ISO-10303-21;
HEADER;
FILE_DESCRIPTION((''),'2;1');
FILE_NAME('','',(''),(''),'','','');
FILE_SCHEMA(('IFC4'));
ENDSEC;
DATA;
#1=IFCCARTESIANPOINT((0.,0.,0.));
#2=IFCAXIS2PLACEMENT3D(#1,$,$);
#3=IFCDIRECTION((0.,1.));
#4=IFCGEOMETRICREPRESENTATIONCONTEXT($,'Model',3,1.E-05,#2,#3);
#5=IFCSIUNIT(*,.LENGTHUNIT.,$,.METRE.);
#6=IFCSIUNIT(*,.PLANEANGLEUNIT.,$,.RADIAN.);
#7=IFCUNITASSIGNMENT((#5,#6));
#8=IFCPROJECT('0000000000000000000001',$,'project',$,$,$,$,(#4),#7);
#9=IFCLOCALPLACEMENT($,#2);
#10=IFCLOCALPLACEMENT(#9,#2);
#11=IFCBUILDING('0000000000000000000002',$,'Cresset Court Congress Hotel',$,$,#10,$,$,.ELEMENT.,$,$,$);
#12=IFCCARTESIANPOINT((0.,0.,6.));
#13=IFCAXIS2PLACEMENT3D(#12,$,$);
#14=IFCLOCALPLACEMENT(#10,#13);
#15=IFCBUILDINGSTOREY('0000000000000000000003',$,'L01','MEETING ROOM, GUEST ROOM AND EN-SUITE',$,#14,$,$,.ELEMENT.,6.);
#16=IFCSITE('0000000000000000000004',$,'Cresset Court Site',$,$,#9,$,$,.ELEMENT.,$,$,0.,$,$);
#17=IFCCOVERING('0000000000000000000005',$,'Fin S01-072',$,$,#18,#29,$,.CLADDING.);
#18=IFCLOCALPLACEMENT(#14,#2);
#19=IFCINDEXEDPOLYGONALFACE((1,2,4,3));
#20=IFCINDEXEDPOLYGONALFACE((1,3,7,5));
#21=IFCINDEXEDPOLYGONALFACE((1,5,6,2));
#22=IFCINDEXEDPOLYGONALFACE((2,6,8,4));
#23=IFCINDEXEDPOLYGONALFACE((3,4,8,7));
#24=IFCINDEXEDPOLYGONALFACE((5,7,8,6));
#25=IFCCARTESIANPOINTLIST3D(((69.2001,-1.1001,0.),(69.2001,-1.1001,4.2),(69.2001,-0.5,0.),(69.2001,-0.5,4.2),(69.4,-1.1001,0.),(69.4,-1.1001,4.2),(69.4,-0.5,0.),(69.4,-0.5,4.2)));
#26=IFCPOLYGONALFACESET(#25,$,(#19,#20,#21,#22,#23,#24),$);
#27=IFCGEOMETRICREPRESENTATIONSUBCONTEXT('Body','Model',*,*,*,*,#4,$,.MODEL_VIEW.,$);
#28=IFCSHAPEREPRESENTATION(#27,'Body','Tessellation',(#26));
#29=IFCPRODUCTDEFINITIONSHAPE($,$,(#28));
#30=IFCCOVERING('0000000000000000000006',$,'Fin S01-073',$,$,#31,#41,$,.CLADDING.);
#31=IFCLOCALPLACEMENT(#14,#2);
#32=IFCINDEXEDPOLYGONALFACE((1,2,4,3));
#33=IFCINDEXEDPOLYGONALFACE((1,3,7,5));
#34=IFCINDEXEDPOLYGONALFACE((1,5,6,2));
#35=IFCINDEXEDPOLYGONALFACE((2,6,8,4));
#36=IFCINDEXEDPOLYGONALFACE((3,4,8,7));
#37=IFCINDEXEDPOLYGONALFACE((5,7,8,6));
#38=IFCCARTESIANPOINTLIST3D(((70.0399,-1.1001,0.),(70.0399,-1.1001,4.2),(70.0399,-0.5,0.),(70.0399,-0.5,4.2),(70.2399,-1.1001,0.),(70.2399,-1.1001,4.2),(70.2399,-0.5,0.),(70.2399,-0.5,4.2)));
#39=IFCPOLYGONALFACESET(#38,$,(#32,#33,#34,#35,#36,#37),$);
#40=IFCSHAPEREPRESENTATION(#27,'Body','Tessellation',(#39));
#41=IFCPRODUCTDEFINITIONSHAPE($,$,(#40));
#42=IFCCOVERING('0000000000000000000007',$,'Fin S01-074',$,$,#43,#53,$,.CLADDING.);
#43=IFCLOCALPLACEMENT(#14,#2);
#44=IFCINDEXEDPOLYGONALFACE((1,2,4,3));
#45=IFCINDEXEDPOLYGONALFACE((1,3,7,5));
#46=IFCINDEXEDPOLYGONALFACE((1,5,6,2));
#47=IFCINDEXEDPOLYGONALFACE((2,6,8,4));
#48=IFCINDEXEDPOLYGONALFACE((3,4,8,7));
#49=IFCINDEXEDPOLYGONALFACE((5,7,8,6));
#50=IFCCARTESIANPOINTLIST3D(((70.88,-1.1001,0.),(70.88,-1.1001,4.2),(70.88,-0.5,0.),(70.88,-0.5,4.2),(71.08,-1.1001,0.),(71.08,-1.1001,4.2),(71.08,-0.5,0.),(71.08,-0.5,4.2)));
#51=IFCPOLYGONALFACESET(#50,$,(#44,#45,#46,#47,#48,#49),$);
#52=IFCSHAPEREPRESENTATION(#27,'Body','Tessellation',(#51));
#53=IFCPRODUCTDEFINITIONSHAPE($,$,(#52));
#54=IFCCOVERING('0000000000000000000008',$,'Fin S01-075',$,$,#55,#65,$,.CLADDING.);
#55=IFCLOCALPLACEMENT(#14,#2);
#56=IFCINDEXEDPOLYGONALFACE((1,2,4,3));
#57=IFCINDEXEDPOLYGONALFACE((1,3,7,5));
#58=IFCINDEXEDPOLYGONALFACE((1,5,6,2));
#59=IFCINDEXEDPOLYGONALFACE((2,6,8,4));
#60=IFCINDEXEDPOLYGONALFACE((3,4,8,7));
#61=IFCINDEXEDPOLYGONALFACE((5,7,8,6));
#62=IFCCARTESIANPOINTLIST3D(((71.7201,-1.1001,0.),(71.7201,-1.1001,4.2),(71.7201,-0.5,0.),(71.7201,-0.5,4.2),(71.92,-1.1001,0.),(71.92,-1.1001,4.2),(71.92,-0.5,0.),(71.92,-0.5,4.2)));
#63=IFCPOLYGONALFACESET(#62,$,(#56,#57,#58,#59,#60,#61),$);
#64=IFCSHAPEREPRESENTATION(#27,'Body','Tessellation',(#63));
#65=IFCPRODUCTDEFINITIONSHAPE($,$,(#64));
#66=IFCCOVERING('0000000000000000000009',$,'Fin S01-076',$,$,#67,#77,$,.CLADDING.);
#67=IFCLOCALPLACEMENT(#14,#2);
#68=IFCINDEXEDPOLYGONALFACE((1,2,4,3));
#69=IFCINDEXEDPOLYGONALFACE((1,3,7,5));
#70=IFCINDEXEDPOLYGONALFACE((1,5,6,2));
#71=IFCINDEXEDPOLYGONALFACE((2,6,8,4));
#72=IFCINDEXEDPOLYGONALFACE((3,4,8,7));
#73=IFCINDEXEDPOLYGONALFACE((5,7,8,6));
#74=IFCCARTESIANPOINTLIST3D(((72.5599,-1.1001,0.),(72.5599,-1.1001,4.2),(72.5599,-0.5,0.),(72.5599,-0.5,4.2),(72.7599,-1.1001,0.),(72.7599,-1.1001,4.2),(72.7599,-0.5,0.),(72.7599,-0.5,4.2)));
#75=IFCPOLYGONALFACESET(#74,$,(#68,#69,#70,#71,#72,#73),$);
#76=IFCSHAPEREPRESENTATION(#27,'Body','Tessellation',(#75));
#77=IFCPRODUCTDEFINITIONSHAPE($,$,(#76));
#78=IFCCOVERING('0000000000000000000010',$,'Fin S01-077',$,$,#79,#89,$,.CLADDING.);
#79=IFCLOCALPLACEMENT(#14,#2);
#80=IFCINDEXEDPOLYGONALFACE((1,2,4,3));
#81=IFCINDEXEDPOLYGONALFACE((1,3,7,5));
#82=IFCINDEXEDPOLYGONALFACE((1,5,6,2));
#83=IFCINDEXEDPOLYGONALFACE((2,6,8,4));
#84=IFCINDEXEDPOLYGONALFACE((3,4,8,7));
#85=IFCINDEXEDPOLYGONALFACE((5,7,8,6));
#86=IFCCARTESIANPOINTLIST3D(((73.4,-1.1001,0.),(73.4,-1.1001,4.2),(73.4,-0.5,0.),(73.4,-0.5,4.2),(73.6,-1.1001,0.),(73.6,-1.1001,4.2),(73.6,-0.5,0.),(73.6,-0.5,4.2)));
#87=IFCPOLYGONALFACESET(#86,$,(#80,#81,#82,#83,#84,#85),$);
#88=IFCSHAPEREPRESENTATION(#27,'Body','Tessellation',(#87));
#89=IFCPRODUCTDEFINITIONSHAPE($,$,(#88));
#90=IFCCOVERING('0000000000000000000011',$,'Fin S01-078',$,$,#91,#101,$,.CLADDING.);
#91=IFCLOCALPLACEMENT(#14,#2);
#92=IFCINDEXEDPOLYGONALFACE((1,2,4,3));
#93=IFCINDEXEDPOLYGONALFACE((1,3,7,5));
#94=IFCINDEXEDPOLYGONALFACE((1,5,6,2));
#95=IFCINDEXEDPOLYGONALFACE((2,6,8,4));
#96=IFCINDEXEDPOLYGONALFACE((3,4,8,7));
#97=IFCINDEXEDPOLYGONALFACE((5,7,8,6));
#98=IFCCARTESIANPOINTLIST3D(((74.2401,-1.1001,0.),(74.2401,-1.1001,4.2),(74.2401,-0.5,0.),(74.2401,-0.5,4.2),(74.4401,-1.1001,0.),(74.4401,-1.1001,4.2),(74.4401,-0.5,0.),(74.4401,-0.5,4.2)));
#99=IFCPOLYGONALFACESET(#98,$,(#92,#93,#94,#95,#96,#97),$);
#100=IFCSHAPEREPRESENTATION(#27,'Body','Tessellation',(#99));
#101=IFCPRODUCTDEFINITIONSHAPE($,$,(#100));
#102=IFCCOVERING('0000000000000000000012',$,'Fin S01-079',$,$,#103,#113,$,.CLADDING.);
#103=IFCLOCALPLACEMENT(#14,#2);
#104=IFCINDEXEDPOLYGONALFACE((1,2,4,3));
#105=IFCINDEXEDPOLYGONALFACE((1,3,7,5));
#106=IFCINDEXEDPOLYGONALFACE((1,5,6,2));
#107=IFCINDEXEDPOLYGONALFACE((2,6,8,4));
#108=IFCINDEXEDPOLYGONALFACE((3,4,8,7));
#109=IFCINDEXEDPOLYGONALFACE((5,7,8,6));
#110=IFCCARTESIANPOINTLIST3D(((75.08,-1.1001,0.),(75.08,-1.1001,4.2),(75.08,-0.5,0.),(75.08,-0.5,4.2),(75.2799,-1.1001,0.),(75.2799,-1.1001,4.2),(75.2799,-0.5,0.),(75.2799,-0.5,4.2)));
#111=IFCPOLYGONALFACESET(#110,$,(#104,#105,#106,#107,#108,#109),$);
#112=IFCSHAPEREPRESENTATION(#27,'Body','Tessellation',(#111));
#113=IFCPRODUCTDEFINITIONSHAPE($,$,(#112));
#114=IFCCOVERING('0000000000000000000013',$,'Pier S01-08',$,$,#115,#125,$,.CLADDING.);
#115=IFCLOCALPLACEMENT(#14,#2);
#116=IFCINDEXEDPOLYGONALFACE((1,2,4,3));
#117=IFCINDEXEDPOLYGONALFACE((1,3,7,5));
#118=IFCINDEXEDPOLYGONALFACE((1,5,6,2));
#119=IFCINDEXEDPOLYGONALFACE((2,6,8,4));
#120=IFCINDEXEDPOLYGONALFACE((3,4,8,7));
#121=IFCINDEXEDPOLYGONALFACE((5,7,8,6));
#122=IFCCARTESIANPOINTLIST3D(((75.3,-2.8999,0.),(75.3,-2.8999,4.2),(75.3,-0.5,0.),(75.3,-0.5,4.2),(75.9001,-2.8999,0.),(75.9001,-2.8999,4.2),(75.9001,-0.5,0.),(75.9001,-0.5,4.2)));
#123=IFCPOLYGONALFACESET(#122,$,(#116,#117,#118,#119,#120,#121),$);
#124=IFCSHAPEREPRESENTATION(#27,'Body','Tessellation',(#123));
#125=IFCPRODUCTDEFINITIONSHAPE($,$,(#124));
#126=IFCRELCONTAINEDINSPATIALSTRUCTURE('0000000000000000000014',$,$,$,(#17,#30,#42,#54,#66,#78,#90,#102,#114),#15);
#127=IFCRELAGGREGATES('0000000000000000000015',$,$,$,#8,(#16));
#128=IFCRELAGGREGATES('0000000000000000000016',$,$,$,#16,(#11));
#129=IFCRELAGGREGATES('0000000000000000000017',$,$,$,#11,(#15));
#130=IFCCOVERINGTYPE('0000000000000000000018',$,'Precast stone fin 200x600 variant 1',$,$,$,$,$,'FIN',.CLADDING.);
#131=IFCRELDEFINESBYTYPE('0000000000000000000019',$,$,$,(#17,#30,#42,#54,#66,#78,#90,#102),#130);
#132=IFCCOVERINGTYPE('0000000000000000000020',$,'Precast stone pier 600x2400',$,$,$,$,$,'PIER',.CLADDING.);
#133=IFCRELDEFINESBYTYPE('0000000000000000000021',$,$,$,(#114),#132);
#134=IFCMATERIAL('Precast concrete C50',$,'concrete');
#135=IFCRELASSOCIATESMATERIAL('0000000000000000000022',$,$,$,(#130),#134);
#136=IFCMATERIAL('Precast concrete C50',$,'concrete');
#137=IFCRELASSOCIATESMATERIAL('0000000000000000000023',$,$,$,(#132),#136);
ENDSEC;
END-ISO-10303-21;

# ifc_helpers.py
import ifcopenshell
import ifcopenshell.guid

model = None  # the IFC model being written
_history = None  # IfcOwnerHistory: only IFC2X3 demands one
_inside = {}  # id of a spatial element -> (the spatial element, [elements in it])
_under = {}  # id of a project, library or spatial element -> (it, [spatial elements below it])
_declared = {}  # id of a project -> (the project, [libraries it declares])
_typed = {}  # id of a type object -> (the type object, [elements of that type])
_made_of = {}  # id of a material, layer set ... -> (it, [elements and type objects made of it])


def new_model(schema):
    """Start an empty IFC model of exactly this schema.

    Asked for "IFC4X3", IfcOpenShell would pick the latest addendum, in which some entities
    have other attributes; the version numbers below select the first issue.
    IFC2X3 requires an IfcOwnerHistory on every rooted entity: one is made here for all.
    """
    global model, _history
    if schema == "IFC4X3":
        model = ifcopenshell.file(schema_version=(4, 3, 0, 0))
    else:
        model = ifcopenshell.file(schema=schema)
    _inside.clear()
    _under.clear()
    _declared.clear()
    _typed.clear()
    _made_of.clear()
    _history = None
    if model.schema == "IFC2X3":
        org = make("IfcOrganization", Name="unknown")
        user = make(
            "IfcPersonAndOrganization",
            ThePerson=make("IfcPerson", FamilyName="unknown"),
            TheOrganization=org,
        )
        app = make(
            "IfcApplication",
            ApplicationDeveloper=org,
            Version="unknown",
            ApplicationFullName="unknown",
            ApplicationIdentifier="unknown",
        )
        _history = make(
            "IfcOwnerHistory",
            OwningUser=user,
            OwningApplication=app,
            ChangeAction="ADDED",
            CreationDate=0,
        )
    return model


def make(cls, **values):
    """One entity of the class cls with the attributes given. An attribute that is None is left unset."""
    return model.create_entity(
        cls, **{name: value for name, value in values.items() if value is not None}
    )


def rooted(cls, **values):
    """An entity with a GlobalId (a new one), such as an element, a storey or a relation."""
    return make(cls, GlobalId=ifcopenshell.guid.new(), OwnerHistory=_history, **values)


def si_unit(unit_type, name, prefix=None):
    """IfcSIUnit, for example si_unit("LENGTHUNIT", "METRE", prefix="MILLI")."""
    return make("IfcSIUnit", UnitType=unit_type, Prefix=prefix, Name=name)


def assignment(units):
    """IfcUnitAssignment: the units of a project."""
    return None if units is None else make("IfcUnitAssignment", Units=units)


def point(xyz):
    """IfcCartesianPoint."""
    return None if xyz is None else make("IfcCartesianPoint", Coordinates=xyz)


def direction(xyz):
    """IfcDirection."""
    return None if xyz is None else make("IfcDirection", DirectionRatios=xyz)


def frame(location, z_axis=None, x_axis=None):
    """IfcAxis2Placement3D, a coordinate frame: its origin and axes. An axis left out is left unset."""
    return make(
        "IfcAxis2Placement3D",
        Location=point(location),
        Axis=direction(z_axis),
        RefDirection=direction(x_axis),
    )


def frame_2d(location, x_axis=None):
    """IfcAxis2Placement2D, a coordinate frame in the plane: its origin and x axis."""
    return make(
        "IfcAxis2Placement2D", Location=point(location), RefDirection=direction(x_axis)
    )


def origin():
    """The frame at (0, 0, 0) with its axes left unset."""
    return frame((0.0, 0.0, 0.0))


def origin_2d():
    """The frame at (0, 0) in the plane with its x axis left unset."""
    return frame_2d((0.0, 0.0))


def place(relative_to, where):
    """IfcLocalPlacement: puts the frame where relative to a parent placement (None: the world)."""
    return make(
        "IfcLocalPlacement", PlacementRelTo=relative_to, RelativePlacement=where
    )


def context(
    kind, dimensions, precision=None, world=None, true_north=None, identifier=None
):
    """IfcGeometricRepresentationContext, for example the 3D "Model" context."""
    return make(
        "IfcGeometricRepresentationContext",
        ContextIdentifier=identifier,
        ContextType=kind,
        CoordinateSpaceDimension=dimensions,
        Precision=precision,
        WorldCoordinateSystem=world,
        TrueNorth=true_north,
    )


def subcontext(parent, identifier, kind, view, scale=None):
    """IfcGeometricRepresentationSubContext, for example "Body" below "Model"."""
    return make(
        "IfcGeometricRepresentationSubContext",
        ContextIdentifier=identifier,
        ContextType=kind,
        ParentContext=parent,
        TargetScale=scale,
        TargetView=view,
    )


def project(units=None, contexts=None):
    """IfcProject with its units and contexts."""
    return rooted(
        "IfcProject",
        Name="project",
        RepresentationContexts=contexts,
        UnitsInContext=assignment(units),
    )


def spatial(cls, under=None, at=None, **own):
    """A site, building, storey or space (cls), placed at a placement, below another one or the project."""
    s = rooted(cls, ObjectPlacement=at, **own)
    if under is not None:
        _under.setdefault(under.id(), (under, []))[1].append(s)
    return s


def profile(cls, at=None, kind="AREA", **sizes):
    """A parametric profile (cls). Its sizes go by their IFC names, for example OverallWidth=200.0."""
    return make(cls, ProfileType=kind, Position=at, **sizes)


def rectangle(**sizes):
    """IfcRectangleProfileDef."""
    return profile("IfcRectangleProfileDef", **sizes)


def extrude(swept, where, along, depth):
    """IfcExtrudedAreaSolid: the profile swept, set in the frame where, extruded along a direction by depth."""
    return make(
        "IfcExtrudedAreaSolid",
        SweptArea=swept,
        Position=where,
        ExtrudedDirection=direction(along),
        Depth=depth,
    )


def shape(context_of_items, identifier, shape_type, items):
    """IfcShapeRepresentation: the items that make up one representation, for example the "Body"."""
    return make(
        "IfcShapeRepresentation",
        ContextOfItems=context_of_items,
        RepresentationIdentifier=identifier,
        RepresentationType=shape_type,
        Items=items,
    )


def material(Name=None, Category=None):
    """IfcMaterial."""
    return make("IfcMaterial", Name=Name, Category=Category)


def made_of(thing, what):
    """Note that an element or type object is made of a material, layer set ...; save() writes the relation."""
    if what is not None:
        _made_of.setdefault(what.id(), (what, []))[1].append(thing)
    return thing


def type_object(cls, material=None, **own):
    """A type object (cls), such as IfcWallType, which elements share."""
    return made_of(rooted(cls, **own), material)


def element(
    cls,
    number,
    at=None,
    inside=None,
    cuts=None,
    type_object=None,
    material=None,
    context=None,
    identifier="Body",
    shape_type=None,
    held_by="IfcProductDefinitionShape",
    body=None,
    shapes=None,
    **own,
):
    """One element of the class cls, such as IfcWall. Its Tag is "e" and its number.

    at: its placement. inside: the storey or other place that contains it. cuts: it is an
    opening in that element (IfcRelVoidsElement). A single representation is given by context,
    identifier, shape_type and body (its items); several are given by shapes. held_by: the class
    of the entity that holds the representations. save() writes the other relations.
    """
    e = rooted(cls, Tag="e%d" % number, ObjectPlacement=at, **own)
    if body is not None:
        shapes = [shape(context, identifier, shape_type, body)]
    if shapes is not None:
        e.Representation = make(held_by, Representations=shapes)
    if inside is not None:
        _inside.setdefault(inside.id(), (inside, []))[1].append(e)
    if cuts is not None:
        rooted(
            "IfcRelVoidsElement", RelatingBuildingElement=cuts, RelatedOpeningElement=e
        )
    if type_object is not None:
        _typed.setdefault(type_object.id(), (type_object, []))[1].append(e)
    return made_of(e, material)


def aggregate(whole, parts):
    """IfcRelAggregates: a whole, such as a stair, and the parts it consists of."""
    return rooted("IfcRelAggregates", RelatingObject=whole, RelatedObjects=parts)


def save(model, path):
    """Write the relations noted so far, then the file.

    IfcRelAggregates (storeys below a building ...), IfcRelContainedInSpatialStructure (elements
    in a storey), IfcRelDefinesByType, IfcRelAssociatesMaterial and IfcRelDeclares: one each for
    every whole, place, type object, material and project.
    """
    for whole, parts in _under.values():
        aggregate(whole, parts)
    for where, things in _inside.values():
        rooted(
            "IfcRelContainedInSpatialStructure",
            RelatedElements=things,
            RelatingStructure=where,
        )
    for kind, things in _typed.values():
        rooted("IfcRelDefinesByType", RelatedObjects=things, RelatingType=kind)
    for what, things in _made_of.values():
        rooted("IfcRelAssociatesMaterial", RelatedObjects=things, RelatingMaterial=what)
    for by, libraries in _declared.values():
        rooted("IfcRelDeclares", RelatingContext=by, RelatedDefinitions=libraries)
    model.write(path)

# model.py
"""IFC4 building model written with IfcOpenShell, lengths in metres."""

from ifc_helpers import new_model, si_unit, direction, frame, origin, origin_2d, place, context, subcontext, project, spatial, rectangle, extrude, material, type_object, element, save


model = new_model("IFC4")

# Units and contexts
model_context = context("Model", 3, precision=1e-05, world=origin(), true_north=direction((0.0, 1.0)))
body_context = subcontext(model_context, "Body", "Model", "MODEL_VIEW")
ifc_project = project(units=[si_unit("LENGTHUNIT", "METRE"), si_unit("PLANEANGLEUNIT", "RADIAN")], contexts=[model_context])

# Site, building, storey
site_placement = place(None, origin())
site = spatial("IfcSite", under=ifc_project, at=site_placement, Name="Cresset Court Site", CompositionType="ELEMENT", RefElevation=0.0)
building_placement = place(site_placement, origin())
building = spatial("IfcBuilding", under=site, at=building_placement, Name="Cresset Court Congress Hotel", CompositionType="ELEMENT")
storey_placement = place(building_placement, frame((0.0, 0.0, 6.0)))
storey = spatial("IfcBuildingStorey", under=building, at=storey_placement, Name="L01", Description="MEETING ROOM, GUEST ROOM AND EN-SUITE", CompositionType="ELEMENT", Elevation=6.0)

# Coverings
ifc_material_1 = material(Name="Precast concrete C50", Category="concrete")
covering_type_1 = type_object("IfcCoveringType", Name="Precast stone fin 200x600 variant 1", ElementType="FIN", PredefinedType="CLADDING", material=ifc_material_1)
for number, where, z_axis, x_axis, name in (
    (1, (69.3, -0.8, 0.0), (0.0, 0.0, 1.0), (1.0, 0.0, 0.0), "Fin S01-072"),
    (2, (70.1399, -0.8, 0.0), (0.0, 0.0, 1.0), (1.0, 0.0, 0.0), "Fin S01-073"),
    (3, (70.98, -0.8, 0.0), (0.0, 0.0, 1.0), (1.0, 0.0, 0.0), "Fin S01-074"),
    (4, (71.8201, -0.8, 0.0), (0.0, 0.0, 1.0), (1.0, 0.0, 0.0), "Fin S01-075"),
    (5, (72.6599, -0.8, 0.0), (0.0, 0.0, 1.0), (1.0, 0.0, 0.0), "Fin S01-076"),
    (6, (73.5, -0.8, 0.0), (0.0, 0.0, 1.0), (1.0, 0.0, 0.0), "Fin S01-077"),
    (7, (74.3401, -0.8, 0.0), (0.0, 0.0, 1.0), (1.0, 0.0, 0.0), "Fin S01-078"),
    (8, (75.1799, -0.8, 0.0), (0.0, 0.0, 1.0), (1.0, 0.0, 0.0), "Fin S01-079"),
):
    element("IfcCovering", number, at=place(storey_placement, frame(where, z_axis=z_axis, x_axis=x_axis)), inside=storey, type_object=covering_type_1, Name=name, PredefinedType="CLADDING", context=body_context, shape_type="SweptSolid", body=[
        extrude(rectangle(XDim=0.2, YDim=0.6001, at=origin_2d()), origin(), (0.0, 0.0, 1.0), 4.2),
    ])
ifc_material_2 = material(Name="Precast concrete C50", Category="concrete")
covering_type_2 = type_object("IfcCoveringType", Name="Precast stone pier 600x2400", ElementType="PIER", PredefinedType="CLADDING", material=ifc_material_2)
covering_placement = place(storey_placement, frame((75.6001, -1.7, 0.0), z_axis=(0.0, 0.0, 1.0), x_axis=(1.0, 0.0, 0.0)))
element("IfcCovering", 9, at=covering_placement, inside=storey, type_object=covering_type_2, Name="Pier S01-08", PredefinedType="CLADDING", context=body_context, shape_type="SweptSolid", body=[
    extrude(rectangle(XDim=0.6001, YDim=2.3999, at=origin_2d()), origin(), (0.0, 0.0, 1.0), 4.2),
])

save(model, "model.ifc")
